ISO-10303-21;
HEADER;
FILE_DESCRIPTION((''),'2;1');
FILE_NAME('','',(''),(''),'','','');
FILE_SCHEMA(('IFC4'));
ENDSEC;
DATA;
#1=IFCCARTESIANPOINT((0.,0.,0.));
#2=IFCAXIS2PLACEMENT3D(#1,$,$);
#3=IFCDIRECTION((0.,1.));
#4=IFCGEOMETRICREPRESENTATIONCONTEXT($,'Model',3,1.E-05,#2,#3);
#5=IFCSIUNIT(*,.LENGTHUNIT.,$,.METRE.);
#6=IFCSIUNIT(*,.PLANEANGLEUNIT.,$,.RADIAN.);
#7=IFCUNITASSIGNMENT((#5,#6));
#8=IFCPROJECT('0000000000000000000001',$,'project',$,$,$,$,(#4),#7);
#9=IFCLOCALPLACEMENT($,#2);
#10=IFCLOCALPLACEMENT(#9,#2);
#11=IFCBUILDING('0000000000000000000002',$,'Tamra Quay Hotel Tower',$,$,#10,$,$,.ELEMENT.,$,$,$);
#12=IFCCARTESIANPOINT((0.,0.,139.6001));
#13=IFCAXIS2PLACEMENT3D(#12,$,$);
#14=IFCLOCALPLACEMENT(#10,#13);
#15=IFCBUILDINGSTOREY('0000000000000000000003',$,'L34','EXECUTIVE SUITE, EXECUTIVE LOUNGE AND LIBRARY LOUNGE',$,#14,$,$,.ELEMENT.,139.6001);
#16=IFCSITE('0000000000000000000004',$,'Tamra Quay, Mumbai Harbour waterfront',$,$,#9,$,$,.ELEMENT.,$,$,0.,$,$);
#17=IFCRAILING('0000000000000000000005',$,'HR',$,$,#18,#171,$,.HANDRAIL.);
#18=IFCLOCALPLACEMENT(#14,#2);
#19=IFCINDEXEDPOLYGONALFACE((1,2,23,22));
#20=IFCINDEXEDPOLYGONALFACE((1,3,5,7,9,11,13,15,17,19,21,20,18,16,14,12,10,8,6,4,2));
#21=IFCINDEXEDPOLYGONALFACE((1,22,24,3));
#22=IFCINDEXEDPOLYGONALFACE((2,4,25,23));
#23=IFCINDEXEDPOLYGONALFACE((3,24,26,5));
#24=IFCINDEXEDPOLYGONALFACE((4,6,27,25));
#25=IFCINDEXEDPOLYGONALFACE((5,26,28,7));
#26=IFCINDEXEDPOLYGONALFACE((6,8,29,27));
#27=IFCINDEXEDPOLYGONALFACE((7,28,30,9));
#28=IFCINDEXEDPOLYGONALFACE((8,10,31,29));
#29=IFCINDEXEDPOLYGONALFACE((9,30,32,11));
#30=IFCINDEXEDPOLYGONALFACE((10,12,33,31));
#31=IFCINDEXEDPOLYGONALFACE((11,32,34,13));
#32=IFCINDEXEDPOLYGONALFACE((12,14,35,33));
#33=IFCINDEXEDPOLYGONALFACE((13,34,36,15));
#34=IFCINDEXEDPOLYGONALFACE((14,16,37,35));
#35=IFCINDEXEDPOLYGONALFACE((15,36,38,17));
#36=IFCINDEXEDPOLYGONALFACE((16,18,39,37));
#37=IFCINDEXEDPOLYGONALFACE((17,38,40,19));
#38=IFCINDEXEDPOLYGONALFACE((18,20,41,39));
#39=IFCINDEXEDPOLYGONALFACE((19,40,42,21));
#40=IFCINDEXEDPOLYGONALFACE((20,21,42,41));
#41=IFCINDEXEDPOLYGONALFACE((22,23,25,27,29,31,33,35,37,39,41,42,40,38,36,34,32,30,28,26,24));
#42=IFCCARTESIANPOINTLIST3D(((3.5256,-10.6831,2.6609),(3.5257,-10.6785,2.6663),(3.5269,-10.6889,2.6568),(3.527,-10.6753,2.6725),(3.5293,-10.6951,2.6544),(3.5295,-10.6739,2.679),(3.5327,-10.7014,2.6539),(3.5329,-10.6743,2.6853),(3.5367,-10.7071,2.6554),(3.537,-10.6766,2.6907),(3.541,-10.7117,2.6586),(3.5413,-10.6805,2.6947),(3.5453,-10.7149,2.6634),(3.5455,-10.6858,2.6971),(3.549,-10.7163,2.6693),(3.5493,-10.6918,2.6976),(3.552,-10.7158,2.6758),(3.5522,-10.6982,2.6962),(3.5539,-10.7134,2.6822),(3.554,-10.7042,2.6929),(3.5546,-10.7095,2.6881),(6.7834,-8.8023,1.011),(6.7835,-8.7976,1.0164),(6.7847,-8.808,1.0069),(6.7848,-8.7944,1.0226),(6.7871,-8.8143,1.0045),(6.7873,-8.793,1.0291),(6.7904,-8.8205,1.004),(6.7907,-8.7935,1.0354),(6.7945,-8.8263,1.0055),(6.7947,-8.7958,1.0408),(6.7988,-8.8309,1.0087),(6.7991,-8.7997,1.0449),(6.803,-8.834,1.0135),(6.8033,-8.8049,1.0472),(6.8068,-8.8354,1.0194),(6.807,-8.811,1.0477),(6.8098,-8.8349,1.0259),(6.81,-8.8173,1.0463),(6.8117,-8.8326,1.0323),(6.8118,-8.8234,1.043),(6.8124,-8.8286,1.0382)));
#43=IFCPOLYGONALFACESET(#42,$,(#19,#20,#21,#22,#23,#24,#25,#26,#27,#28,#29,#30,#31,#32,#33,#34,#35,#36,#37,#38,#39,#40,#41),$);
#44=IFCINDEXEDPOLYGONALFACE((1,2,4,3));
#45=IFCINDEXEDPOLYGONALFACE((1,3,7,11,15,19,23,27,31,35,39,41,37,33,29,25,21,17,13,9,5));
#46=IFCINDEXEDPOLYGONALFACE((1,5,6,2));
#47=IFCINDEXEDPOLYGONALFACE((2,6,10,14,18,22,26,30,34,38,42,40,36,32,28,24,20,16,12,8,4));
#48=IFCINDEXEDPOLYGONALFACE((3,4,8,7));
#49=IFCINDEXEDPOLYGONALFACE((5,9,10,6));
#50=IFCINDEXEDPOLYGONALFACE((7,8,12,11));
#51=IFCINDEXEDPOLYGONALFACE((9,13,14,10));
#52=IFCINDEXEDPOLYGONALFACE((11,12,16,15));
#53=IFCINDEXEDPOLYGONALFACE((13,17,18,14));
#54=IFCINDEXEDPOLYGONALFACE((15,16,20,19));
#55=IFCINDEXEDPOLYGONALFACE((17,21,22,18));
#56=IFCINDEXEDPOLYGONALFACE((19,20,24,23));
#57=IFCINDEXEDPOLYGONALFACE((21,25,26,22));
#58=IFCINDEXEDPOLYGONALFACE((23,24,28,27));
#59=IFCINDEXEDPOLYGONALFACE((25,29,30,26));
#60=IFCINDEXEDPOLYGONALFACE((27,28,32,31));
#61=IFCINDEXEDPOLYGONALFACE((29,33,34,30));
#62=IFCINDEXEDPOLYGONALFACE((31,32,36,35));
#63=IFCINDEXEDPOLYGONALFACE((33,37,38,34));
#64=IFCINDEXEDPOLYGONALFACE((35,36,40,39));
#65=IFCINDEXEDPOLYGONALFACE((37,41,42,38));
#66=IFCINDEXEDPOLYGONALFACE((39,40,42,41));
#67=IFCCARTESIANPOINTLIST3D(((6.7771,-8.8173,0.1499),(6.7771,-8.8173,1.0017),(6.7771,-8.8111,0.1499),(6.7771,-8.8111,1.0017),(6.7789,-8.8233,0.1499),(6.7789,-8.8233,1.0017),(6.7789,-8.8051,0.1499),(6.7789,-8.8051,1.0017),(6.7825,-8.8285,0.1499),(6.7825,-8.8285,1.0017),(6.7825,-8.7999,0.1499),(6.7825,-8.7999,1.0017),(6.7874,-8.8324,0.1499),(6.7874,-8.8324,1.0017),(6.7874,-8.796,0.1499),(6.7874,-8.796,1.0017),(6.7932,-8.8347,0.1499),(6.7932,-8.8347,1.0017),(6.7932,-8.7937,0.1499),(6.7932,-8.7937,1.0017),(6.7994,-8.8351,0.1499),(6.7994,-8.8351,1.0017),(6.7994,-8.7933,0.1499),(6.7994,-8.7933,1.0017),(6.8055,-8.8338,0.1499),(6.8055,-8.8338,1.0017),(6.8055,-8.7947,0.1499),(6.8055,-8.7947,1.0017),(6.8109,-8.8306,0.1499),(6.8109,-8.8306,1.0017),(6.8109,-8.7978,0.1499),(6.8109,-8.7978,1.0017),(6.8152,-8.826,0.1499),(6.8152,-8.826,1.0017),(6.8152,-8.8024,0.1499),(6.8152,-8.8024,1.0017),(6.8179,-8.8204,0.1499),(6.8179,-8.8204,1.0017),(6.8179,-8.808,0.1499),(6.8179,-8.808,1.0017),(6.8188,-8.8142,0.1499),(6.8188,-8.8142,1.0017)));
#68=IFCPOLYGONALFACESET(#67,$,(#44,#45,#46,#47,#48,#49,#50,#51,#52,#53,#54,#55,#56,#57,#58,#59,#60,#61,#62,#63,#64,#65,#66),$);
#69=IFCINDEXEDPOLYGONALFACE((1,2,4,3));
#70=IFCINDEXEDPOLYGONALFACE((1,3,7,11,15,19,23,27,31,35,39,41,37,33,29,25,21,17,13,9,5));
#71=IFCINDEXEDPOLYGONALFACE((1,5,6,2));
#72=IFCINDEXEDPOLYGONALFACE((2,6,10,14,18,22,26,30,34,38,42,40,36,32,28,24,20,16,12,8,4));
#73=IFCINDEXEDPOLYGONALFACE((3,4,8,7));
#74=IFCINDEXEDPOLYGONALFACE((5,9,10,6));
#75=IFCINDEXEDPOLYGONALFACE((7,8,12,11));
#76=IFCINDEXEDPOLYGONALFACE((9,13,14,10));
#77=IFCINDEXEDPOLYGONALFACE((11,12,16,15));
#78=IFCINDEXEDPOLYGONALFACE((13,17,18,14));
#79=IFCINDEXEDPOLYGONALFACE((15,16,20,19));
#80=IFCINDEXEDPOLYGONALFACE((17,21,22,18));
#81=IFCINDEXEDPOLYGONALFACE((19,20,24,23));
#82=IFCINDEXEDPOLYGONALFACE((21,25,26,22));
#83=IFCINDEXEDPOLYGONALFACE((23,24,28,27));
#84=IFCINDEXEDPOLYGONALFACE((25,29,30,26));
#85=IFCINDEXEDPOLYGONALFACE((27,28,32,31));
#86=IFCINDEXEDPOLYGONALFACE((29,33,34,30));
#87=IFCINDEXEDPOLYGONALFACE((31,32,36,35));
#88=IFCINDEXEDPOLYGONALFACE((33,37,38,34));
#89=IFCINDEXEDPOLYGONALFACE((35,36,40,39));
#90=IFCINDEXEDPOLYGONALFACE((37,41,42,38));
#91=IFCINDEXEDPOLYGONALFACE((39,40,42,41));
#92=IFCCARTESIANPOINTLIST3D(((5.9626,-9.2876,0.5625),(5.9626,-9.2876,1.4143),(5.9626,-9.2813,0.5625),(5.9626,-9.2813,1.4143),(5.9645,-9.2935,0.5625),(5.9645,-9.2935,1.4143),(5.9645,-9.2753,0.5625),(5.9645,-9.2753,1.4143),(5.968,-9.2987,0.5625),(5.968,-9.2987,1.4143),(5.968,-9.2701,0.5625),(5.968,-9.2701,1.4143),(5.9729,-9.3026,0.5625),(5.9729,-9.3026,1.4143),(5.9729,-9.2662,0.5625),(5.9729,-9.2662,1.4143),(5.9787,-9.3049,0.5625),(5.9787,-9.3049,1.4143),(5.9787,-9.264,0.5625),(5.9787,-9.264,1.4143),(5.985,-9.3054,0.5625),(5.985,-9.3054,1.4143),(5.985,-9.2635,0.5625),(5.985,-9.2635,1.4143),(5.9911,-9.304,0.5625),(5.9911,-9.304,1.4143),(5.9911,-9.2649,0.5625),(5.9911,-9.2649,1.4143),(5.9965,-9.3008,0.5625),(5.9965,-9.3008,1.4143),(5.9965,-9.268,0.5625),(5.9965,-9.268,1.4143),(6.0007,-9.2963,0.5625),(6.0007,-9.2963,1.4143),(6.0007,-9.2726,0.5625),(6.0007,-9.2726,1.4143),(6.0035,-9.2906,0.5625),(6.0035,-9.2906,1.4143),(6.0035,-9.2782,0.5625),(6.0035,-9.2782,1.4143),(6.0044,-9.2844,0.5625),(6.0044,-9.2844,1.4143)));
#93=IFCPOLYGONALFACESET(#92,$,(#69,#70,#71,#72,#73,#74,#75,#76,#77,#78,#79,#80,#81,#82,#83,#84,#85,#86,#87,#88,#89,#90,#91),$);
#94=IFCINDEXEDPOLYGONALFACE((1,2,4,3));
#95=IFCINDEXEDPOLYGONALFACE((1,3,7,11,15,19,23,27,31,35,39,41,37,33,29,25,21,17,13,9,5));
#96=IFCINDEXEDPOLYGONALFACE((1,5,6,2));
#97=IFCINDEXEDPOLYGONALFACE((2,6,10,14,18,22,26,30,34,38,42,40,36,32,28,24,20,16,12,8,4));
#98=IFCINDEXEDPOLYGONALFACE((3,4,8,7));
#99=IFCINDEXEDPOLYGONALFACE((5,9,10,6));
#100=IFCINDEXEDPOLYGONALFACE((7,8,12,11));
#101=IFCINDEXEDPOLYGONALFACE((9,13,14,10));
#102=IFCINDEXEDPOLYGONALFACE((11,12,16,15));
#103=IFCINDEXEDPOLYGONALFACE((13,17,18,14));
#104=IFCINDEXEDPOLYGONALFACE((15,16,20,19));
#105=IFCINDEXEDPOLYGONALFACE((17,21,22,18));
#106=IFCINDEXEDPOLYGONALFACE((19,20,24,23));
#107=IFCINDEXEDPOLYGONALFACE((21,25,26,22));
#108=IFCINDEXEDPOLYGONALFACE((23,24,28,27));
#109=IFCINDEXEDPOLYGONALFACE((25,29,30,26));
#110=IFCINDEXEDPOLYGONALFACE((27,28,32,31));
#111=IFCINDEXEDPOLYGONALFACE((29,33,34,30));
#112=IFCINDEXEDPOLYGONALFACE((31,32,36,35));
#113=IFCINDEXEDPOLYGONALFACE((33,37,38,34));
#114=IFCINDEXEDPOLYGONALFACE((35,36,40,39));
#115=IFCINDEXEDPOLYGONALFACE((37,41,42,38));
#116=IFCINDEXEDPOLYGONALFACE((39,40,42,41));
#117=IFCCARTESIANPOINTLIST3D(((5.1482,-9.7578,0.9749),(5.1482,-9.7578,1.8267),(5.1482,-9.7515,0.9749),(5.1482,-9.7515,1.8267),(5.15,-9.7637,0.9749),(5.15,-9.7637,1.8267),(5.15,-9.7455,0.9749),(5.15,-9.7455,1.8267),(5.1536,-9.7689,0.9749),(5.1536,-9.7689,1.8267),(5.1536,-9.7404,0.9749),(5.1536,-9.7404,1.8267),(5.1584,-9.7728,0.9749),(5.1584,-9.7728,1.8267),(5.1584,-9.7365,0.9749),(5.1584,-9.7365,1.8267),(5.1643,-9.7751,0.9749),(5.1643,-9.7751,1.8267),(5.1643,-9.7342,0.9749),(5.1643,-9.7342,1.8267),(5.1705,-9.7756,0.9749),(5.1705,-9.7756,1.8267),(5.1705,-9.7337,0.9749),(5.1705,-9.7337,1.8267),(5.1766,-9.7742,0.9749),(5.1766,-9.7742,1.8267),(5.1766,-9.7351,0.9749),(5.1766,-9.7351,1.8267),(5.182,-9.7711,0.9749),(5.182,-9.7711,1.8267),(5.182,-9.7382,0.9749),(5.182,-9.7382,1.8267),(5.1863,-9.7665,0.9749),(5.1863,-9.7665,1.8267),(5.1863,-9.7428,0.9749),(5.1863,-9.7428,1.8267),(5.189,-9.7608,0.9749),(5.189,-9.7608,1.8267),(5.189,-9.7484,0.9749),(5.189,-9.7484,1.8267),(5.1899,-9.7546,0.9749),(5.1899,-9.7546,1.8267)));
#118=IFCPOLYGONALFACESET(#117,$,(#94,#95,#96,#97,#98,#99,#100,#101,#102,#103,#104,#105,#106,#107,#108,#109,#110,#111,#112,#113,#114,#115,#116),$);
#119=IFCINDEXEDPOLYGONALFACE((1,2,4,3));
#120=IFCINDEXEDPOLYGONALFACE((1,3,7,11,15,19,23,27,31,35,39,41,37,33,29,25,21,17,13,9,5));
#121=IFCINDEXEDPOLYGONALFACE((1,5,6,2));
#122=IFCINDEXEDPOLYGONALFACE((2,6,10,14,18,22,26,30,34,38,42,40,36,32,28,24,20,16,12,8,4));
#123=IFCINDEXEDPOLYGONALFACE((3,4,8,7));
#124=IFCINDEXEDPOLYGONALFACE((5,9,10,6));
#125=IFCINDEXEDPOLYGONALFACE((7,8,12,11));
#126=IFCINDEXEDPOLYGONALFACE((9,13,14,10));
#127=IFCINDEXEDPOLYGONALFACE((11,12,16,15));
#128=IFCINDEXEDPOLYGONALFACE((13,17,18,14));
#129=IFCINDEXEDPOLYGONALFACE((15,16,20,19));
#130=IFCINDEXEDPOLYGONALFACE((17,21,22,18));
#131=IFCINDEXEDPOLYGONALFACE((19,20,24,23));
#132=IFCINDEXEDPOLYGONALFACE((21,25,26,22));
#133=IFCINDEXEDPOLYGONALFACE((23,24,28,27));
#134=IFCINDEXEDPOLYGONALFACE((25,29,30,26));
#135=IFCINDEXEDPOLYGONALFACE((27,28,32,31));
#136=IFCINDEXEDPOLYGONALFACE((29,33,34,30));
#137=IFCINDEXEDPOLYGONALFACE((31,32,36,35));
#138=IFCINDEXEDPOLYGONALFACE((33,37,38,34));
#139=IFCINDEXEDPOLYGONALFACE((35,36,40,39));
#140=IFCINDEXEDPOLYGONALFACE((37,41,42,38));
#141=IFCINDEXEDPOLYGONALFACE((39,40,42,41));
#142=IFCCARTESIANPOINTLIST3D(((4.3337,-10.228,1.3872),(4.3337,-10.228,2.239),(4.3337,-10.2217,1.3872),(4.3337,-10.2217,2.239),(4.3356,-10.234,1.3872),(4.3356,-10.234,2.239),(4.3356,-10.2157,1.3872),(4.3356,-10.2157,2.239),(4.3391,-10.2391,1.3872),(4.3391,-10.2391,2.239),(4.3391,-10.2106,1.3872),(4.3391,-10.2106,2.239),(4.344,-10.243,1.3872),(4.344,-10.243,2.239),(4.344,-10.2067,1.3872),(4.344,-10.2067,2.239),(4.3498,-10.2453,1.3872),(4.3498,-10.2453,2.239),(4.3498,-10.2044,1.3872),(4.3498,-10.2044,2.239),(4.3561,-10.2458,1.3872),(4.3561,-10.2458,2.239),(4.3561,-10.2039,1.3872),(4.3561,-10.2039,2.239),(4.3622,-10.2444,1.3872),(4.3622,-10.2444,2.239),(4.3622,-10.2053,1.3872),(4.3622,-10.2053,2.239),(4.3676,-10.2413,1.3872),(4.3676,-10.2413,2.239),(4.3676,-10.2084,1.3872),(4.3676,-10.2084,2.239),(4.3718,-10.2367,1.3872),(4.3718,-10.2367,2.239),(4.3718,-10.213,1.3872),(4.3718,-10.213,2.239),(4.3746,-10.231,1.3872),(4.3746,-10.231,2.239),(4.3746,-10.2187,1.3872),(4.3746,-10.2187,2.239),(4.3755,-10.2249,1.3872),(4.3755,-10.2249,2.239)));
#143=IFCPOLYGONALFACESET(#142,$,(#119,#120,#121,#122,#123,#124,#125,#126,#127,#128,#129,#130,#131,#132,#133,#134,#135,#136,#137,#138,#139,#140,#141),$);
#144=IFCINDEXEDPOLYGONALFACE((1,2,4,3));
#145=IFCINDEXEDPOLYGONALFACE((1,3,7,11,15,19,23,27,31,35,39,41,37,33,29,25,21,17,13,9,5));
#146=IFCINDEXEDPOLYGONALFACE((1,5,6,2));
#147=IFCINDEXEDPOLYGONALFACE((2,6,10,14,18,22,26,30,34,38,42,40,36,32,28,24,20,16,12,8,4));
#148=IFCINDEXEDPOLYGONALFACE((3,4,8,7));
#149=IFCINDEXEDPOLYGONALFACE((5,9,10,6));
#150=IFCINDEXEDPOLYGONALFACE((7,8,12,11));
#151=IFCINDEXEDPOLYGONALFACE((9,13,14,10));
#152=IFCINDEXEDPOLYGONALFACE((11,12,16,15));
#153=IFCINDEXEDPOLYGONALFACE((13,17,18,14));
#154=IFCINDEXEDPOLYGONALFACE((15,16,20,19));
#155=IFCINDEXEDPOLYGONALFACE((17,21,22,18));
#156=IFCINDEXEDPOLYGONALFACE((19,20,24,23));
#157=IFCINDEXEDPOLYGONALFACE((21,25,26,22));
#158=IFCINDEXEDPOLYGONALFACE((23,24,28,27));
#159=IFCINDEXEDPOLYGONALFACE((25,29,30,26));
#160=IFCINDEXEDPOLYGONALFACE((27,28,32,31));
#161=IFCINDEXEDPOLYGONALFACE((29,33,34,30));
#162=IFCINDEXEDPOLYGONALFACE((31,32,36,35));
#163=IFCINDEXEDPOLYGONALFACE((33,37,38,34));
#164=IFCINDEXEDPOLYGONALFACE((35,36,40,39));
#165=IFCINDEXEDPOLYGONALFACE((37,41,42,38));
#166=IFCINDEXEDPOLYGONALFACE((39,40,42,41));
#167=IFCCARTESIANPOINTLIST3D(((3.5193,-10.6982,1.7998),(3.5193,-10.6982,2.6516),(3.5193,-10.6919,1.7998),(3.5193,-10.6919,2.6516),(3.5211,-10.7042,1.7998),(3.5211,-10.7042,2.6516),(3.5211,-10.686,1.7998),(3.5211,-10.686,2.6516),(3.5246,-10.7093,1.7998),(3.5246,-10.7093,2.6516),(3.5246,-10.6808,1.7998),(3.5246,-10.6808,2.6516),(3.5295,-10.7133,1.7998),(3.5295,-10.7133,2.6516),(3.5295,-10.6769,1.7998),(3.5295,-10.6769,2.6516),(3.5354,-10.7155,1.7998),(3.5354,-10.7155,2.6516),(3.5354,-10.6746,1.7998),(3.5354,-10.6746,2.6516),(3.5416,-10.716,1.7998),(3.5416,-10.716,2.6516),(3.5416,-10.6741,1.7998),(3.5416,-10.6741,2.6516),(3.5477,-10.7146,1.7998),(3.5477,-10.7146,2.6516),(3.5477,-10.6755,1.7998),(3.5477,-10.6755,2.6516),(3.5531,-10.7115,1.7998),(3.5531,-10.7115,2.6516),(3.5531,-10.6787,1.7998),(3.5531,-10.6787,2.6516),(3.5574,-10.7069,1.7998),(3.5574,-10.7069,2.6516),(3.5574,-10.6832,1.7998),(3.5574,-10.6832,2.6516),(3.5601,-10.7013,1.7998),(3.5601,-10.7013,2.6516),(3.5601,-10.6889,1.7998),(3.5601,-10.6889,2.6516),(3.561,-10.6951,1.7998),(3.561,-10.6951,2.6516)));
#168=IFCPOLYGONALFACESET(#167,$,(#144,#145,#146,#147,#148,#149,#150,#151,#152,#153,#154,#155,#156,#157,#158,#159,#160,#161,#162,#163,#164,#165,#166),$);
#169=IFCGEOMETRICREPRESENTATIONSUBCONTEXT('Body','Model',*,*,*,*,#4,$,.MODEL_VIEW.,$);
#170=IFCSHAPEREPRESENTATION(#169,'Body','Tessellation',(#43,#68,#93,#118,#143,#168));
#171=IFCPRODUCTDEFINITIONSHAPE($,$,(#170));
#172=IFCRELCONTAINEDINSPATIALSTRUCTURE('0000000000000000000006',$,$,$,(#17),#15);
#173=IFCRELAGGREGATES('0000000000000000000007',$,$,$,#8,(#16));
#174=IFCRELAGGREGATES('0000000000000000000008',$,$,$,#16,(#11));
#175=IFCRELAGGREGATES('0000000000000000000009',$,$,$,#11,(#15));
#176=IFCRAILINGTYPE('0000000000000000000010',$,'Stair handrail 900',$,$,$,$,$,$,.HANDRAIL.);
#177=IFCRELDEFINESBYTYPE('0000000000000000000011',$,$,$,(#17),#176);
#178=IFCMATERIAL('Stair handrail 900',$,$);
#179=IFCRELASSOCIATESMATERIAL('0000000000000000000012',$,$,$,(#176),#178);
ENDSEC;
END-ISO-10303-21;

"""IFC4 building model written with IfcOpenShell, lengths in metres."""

from ifc_helpers import new_model, si_unit, direction, frame, origin, origin_2d, place, context, subcontext, project, spatial, circle, extrude, material, type_object, element, save


model = new_model("IFC4")

# Units and contexts
model_context = context("Model", 3, precision=1e-05, world=origin(), true_north=direction((0.0, 1.0)))
body_context = subcontext(model_context, "Body", "Model", "MODEL_VIEW")
ifc_project = project(units=[si_unit("LENGTHUNIT", "METRE"), si_unit("PLANEANGLEUNIT", "RADIAN")], contexts=[model_context])

# Site, building, storey
site_placement = place(None, origin())
site = spatial("IfcSite", under=ifc_project, at=site_placement, Name="Tamra Quay, Mumbai Harbour waterfront", CompositionType="ELEMENT", RefElevation=0.0)
building_placement = place(site_placement, origin())
building = spatial("IfcBuilding", under=site, at=building_placement, Name="Tamra Quay Hotel Tower", CompositionType="ELEMENT")
storey_placement = place(building_placement, frame((0.0, 0.0, 139.6001)))
storey = spatial("IfcBuildingStorey", under=building, at=storey_placement, Name="L34", Description="EXECUTIVE SUITE, EXECUTIVE LOUNGE AND LIBRARY LOUNGE", CompositionType="ELEMENT", Elevation=139.6001)

# Railing
ifc_material_1 = material(Name="Stair handrail 900")
railing_type_1 = type_object("IfcRailingType", Name="Stair handrail 900", PredefinedType="HANDRAIL", material=ifc_material_1)
railing_1_placement = place(storey_placement, frame((6.7979, -8.8142, 0.1499)))
element("IfcRailing", 1, at=railing_1_placement, inside=storey, type_object=railing_type_1, Name="HR", PredefinedType="HANDRAIL", context=body_context, shape_type="SweptSolid", body=[
    extrude(circle(Radius=0.0239, at=origin_2d()), frame((0.0, 0.0, 0.876), z_axis=(-0.7931, -0.457887, 0.401661), x_axis=(0.499992, -0.86603, 0.0)), (0.0, 0.0, 1.0), 4.1077),
    extrude(circle(Radius=0.021, at=origin_2d()), origin(), (0.0, 0.0, 1.0), 0.8518),
    extrude(circle(Radius=0.021, at=origin_2d()), frame((-0.8145, -0.4702, 0.4126)), (0.0, 0.0, 1.0), 0.8518),
    extrude(circle(Radius=0.021, at=origin_2d()), frame((-1.6289, -0.9404, 0.825)), (0.0, 0.0, 1.0), 0.8518),
    extrude(circle(Radius=0.021, at=origin_2d()), frame((-2.4434, -1.4106, 1.2373)), (0.0, 0.0, 1.0), 0.8518),
    extrude(circle(Radius=0.021, at=origin_2d()), frame((-3.2578, -1.8809, 1.6499)), (0.0, 0.0, 1.0), 0.8518),
])

save(model, "model.ifc")
